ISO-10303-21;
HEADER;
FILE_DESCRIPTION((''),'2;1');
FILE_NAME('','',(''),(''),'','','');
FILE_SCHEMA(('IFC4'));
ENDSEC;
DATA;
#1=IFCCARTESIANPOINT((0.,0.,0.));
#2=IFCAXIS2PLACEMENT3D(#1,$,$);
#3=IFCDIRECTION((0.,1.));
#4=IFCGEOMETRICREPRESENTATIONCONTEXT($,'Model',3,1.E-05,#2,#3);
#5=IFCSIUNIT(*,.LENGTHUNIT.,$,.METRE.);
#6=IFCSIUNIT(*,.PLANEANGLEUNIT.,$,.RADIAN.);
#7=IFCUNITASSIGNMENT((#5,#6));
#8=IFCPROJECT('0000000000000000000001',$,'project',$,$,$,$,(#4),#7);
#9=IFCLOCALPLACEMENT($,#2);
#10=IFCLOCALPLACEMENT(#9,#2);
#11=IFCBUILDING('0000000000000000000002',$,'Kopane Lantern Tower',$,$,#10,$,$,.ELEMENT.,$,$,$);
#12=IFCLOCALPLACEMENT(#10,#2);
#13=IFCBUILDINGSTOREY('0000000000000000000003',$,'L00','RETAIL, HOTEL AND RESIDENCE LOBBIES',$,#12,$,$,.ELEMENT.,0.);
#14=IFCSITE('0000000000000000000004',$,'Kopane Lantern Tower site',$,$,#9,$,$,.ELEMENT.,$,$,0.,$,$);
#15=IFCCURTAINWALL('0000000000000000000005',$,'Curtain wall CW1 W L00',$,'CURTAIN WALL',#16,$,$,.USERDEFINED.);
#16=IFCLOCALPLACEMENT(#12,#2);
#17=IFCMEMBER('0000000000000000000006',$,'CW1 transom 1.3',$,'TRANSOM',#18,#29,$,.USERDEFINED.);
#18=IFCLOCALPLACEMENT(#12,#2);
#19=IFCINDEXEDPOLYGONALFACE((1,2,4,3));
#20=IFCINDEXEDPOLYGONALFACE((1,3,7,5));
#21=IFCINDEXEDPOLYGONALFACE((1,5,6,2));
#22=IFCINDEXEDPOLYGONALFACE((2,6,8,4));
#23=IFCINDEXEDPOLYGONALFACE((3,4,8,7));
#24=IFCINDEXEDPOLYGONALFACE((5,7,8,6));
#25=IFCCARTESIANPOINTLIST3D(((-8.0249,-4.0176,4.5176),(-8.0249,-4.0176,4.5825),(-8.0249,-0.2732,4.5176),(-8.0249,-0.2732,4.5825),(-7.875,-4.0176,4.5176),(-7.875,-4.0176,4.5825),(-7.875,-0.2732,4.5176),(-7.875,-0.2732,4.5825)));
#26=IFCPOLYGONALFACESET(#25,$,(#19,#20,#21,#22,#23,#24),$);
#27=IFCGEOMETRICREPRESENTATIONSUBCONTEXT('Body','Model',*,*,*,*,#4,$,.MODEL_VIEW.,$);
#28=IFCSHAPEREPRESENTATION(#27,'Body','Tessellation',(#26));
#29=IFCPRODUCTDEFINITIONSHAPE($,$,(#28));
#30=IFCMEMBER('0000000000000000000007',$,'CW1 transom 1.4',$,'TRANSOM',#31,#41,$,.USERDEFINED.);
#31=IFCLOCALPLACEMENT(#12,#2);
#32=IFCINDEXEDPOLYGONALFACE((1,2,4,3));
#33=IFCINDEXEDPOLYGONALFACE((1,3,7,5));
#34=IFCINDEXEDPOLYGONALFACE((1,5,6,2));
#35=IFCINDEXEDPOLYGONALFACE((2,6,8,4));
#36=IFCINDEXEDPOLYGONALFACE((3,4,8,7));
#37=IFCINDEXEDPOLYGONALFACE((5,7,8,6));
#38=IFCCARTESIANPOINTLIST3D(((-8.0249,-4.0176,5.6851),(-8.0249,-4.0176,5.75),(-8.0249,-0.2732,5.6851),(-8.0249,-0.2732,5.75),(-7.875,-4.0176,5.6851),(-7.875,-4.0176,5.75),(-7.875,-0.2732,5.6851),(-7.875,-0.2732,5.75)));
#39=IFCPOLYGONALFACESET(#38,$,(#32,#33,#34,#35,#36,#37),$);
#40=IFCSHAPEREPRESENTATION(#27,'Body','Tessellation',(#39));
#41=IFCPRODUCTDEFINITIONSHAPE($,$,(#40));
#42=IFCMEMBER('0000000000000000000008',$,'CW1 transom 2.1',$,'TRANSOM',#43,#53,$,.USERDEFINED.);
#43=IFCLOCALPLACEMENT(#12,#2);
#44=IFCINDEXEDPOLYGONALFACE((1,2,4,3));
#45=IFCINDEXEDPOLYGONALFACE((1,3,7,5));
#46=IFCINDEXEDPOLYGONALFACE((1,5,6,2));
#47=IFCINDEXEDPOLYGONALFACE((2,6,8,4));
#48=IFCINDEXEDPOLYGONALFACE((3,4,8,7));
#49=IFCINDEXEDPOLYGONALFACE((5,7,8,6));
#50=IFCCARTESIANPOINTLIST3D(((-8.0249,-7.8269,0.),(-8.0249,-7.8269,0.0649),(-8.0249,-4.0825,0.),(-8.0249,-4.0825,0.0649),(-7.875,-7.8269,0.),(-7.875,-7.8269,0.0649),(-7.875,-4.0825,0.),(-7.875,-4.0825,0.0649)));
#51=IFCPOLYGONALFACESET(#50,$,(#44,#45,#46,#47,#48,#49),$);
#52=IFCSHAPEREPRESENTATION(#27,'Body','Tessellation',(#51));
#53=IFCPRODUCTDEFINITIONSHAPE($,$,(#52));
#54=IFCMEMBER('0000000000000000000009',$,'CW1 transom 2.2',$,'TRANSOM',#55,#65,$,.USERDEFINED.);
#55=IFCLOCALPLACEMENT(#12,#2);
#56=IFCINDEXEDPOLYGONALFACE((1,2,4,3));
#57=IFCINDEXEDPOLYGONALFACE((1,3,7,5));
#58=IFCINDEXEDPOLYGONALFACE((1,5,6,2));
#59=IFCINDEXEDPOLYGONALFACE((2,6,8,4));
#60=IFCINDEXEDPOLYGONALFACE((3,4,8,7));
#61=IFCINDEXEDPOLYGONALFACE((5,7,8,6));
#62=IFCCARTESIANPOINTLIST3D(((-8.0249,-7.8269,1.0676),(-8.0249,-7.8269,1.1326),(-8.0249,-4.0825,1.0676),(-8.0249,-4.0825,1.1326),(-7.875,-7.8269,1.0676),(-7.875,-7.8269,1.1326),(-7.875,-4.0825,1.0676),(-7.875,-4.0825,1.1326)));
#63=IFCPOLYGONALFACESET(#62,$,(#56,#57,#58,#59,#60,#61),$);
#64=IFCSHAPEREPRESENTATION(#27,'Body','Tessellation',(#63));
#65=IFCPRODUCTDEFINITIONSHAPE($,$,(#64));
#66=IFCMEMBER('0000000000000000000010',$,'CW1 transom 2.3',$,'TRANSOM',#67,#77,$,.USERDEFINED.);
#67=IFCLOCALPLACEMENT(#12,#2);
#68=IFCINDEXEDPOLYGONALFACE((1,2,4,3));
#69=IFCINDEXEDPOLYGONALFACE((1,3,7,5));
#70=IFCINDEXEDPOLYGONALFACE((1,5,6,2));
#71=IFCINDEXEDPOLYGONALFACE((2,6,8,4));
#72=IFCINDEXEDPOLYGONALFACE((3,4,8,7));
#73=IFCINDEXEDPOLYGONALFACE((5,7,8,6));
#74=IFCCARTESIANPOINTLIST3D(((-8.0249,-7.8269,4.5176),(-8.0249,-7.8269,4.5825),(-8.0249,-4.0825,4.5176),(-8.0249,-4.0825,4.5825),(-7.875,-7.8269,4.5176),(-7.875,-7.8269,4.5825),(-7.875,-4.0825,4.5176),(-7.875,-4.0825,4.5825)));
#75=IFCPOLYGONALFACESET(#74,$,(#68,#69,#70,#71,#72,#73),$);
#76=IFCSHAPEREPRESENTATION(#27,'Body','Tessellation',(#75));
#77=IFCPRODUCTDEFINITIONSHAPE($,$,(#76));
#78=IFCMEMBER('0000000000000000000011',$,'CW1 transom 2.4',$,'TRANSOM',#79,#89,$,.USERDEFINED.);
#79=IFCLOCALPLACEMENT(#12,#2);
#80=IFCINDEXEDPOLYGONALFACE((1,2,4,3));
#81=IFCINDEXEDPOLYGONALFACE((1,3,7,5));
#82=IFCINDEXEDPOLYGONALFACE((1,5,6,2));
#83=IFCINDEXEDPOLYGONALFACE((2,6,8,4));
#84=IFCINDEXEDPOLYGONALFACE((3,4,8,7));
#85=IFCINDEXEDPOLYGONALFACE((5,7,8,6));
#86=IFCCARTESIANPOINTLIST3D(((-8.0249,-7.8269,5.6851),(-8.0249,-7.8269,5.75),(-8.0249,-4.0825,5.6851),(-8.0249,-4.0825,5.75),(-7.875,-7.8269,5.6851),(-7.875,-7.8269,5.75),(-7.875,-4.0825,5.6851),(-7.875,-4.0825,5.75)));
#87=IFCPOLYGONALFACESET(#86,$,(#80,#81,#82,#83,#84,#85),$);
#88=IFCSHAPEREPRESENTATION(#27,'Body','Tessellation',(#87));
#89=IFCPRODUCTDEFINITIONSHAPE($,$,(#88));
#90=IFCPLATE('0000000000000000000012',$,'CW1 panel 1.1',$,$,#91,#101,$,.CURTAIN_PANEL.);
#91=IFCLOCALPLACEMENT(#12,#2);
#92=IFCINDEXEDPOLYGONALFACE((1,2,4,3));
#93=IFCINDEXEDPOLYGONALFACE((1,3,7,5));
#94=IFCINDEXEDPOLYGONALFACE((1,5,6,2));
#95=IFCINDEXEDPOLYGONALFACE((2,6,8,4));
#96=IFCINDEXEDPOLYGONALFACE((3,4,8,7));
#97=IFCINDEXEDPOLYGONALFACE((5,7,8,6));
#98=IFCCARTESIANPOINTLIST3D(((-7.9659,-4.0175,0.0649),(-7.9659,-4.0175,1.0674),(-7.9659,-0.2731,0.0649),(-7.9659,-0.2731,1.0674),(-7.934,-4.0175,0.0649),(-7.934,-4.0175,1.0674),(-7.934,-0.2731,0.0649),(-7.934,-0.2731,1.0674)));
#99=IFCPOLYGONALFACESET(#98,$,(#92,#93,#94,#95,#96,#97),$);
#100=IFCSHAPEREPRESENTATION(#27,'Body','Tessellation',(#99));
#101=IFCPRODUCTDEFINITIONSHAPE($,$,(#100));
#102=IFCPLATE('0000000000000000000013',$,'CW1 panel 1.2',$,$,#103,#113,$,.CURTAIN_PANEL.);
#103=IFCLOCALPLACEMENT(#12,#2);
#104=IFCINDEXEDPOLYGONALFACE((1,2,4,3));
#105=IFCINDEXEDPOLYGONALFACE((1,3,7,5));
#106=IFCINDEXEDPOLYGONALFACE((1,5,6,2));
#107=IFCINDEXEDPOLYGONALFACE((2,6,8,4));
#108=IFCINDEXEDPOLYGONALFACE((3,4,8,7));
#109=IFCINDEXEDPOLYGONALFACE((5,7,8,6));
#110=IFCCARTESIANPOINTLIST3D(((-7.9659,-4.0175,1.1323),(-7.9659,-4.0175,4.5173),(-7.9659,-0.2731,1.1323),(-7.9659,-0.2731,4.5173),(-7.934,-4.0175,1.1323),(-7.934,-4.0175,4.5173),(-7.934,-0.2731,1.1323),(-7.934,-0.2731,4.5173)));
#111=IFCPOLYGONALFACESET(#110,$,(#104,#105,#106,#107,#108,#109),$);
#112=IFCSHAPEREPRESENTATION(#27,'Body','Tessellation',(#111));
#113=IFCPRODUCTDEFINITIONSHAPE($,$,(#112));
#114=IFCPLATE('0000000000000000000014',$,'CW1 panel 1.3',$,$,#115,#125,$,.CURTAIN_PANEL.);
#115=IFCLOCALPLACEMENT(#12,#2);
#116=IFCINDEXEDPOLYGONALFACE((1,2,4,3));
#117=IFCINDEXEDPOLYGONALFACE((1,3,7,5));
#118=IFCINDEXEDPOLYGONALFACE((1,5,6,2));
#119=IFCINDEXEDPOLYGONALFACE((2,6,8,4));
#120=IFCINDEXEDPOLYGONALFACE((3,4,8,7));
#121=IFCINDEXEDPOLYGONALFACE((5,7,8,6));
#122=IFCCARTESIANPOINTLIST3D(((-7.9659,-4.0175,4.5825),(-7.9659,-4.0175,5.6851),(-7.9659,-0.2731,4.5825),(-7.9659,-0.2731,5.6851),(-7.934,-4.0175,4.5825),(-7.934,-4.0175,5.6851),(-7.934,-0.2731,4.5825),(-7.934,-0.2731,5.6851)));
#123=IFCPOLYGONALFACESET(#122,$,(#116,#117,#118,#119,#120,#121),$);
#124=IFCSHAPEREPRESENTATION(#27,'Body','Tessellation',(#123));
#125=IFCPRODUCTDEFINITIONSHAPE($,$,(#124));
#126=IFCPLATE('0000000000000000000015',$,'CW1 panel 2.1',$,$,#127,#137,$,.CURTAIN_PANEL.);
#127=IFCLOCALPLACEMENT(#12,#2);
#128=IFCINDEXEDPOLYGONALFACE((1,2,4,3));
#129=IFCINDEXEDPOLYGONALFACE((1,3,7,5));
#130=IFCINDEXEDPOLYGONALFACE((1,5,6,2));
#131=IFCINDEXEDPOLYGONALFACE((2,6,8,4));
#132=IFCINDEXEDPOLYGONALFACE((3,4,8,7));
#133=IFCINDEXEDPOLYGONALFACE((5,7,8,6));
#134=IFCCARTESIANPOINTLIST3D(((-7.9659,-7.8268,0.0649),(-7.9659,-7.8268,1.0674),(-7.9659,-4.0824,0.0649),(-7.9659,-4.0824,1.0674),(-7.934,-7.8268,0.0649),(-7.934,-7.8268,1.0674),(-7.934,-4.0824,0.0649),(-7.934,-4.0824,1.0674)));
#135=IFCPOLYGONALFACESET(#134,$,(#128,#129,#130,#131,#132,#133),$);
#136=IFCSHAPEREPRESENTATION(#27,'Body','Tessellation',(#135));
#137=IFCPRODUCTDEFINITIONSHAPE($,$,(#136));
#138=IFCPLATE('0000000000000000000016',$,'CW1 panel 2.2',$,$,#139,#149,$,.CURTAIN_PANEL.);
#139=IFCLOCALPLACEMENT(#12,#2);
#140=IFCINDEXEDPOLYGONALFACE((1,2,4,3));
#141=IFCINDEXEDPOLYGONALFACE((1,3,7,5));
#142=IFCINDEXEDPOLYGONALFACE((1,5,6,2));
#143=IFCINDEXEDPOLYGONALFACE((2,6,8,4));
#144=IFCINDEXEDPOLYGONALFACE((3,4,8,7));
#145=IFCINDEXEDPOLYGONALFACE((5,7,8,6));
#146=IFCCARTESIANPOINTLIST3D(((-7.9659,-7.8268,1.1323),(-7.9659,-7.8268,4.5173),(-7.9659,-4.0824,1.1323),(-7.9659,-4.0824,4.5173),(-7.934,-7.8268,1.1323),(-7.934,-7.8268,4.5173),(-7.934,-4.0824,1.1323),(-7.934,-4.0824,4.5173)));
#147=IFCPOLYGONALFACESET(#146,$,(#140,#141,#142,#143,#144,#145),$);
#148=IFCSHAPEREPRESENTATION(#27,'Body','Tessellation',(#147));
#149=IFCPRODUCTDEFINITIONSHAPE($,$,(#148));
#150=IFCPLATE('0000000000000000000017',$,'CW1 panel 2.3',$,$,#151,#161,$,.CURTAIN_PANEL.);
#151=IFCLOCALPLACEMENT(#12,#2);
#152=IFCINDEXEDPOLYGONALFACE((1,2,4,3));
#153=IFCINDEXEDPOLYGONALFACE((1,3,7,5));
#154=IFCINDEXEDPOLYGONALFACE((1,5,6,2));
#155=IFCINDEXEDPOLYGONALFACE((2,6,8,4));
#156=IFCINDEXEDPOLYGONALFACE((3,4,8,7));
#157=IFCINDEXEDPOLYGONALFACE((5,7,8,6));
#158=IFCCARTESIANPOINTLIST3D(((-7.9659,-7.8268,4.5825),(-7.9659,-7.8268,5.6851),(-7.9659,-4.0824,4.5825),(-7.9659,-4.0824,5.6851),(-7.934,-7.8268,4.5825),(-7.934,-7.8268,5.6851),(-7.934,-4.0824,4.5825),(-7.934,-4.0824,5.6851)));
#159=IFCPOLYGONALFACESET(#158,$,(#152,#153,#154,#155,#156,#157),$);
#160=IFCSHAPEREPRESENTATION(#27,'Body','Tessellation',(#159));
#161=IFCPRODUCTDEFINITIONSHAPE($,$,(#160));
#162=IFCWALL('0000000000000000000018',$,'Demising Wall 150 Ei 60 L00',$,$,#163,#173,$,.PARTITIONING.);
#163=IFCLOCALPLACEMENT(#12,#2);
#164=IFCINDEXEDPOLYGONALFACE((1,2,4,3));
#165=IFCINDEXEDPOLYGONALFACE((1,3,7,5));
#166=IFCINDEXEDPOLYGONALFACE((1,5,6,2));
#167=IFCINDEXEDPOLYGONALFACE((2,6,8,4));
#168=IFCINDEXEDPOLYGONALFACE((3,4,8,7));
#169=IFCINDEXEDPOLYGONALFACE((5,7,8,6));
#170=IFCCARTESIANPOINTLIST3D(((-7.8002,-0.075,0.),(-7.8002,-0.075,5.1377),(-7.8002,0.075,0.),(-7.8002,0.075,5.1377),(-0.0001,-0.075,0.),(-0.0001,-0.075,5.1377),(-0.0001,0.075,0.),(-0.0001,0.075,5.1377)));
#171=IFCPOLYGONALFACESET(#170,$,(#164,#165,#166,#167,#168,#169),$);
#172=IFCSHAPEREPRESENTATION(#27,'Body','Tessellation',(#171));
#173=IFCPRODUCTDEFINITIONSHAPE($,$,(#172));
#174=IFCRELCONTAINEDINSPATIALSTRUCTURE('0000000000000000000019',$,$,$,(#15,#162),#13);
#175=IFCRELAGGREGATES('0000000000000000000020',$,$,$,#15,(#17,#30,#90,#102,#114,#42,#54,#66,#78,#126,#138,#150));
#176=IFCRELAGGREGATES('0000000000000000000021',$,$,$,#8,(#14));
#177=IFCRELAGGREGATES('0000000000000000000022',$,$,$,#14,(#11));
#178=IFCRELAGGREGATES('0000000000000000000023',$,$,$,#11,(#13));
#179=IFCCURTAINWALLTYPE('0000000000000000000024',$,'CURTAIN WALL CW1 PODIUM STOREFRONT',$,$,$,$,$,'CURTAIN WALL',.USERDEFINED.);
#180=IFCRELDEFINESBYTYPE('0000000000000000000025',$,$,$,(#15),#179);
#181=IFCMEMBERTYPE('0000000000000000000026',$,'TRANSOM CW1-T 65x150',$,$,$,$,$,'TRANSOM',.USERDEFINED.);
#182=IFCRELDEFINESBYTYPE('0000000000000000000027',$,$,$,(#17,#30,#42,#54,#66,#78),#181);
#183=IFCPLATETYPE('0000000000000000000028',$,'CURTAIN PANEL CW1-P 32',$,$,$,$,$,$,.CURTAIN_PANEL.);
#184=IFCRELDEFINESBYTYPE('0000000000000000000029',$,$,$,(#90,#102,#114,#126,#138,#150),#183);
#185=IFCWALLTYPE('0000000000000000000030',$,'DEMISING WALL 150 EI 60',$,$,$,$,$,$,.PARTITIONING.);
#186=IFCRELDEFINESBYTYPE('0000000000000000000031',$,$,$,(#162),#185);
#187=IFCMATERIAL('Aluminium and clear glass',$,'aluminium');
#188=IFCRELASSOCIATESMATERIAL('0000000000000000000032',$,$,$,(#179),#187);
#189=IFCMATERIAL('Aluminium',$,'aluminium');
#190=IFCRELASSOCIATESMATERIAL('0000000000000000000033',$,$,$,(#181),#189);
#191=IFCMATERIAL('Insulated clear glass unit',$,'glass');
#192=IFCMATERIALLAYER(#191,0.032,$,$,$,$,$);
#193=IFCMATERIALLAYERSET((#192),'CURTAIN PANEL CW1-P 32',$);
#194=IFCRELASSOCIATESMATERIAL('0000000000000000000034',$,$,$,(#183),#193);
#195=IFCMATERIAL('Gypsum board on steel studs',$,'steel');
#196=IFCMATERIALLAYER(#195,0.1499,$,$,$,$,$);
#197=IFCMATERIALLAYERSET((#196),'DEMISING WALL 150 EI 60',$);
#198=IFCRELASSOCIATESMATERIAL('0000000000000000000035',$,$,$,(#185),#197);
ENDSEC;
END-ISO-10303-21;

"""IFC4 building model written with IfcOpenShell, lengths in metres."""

from ifc_helpers import new_model, si_unit, direction, frame, frame_2d, origin, origin_2d, place, context, subcontext, project, spatial, rectangle, extrude, material, layer, layer_set, material_profile, profile_set, type_object, element, aggregate, save


model = new_model("IFC4")

# Units and contexts
model_context = context("Model", 3, precision=1e-05, world=origin(), true_north=direction((0.0, 1.0)))
body_context = subcontext(model_context, "Body", "Model", "MODEL_VIEW")
ifc_project = project(units=[si_unit("LENGTHUNIT", "METRE"), si_unit("PLANEANGLEUNIT", "RADIAN")], contexts=[model_context])

# Site, building, storey
site_placement = place(None, origin())
site = spatial("IfcSite", under=ifc_project, at=site_placement, Name="Kopane Lantern Tower site", CompositionType="ELEMENT", RefElevation=0.0)
building_placement = place(site_placement, origin())
building = spatial("IfcBuilding", under=site, at=building_placement, Name="Kopane Lantern Tower", CompositionType="ELEMENT")
storey_placement = place(building_placement, origin())
storey = spatial("IfcBuildingStorey", under=building, at=storey_placement, Name="L00", Description="RETAIL, HOTEL AND RESIDENCE LOBBIES", CompositionType="ELEMENT", Elevation=0.0)

# Shared definitions
ifc_material_1 = material(Name="Aluminium and clear glass", Category="aluminium")
curtain_wall_type = type_object("IfcCurtainWallType", Name="CURTAIN WALL CW1 PODIUM STOREFRONT", ElementType="CURTAIN WALL", PredefinedType="USERDEFINED", material=ifc_material_1)

# Curtain wall
curtain_wall_1_placement = place(storey_placement, origin())
curtain_wall_1 = element("IfcCurtainWall", 1, at=curtain_wall_1_placement, inside=storey, type_object=curtain_wall_type, Name="Curtain wall CW1 W L00", ObjectType="CURTAIN WALL", PredefinedType="USERDEFINED")

# Members
ifc_material_2 = material(Name="Aluminium", Category="aluminium")
ifc_material_profile_1 = material_profile(ifc_material_2, rectangle(XDim=0.1499, YDim=0.0649, at=origin_2d()), Name="AL 150x65")
ifc_profile_set_1 = profile_set([ifc_material_profile_1], Name="Aluminium")
member_type_1 = type_object("IfcMemberType", Name="TRANSOM CW1-T 65x150", ElementType="TRANSOM", PredefinedType="USERDEFINED", material=ifc_profile_set_1)
member_1_placement = place(storey_placement, frame((-7.95, -0.2732, 4.55), z_axis=(0.0, -1.0, 0.0), x_axis=(1.0, 0.0, 0.0)))
member_1 = element("IfcMember", 2, at=member_1_placement, type_object=member_type_1, Name="CW1 transom 1.3", ObjectType="TRANSOM", PredefinedType="USERDEFINED", context=body_context, shape_type="SweptSolid", body=[
    extrude(rectangle(XDim=0.1499, YDim=0.0649, at=origin_2d()), origin(), (0.0, 0.0, 1.0), 3.7444),
])
member_2_placement = place(storey_placement, frame((-7.95, -0.2732, 5.7175), z_axis=(0.0, -1.0, 0.0), x_axis=(1.0, 0.0, 0.0)))
member_2 = element("IfcMember", 3, at=member_2_placement, type_object=member_type_1, Name="CW1 transom 1.4", ObjectType="TRANSOM", PredefinedType="USERDEFINED", context=body_context, shape_type="SweptSolid", body=[
    extrude(rectangle(XDim=0.1499, YDim=0.0649, at=origin_2d()), origin(), (0.0, 0.0, 1.0), 3.7444),
])
member_3_placement = place(storey_placement, frame((-7.95, -4.0825, 0.0325), z_axis=(0.0, -1.0, 0.0), x_axis=(1.0, 0.0, 0.0)))
member_3 = element("IfcMember", 4, at=member_3_placement, type_object=member_type_1, Name="CW1 transom 2.1", ObjectType="TRANSOM", PredefinedType="USERDEFINED", context=body_context, shape_type="SweptSolid", body=[
    extrude(rectangle(XDim=0.1499, YDim=0.0649, at=origin_2d()), origin(), (0.0, 0.0, 1.0), 3.7444),
])
member_4_placement = place(storey_placement, frame((-7.95, -4.0825, 1.1001), z_axis=(0.0, -1.0, 0.0), x_axis=(1.0, 0.0, 0.0)))
member_4 = element("IfcMember", 5, at=member_4_placement, type_object=member_type_1, Name="CW1 transom 2.2", ObjectType="TRANSOM", PredefinedType="USERDEFINED", context=body_context, shape_type="SweptSolid", body=[
    extrude(rectangle(XDim=0.1499, YDim=0.0649, at=origin_2d()), origin(), (0.0, 0.0, 1.0), 3.7444),
])
member_5_placement = place(storey_placement, frame((-7.95, -4.0825, 4.55), z_axis=(0.0, -1.0, 0.0), x_axis=(1.0, 0.0, 0.0)))
member_5 = element("IfcMember", 6, at=member_5_placement, type_object=member_type_1, Name="CW1 transom 2.3", ObjectType="TRANSOM", PredefinedType="USERDEFINED", context=body_context, shape_type="SweptSolid", body=[
    extrude(rectangle(XDim=0.1499, YDim=0.0649, at=origin_2d()), origin(), (0.0, 0.0, 1.0), 3.7444),
])
member_6_placement = place(storey_placement, frame((-7.95, -4.0825, 5.7175), z_axis=(0.0, -1.0, 0.0), x_axis=(1.0, 0.0, 0.0)))
member_6 = element("IfcMember", 7, at=member_6_placement, type_object=member_type_1, Name="CW1 transom 2.4", ObjectType="TRANSOM", PredefinedType="USERDEFINED", context=body_context, shape_type="SweptSolid", body=[
    extrude(rectangle(XDim=0.1499, YDim=0.0649, at=origin_2d()), origin(), (0.0, 0.0, 1.0), 3.7444),
])

# Plates
ifc_material_3 = material(Name="Insulated clear glass unit", Category="glass")
ifc_layer_1 = layer(ifc_material_3, 0.032)
ifc_layer_set_1 = layer_set([ifc_layer_1], Name="CURTAIN PANEL CW1-P 32")
plate_type = type_object("IfcPlateType", Name="CURTAIN PANEL CW1-P 32", PredefinedType="CURTAIN_PANEL", material=ifc_layer_set_1)
plate_1_placement = place(storey_placement, frame((-7.95, -2.1453, 0.0649), z_axis=(0.0, 0.0, 1.0), x_axis=(0.0, -1.0, 0.0)))
plate_1 = element("IfcPlate", 8, at=plate_1_placement, type_object=plate_type, Name="CW1 panel 1.1", PredefinedType="CURTAIN_PANEL", context=body_context, shape_type="SweptSolid", body=[
    extrude(rectangle(XDim=3.7444, YDim=0.032, at=origin_2d()), origin(), (0.0, 0.0, 1.0), 1.0024),
])
plate_2_placement = place(storey_placement, frame((-7.95, -2.1453, 1.1323), z_axis=(0.0, 0.0, 1.0), x_axis=(0.0, -1.0, 0.0)))
plate_2 = element("IfcPlate", 9, at=plate_2_placement, type_object=plate_type, Name="CW1 panel 1.2", PredefinedType="CURTAIN_PANEL", context=body_context, shape_type="SweptSolid", body=[
    extrude(rectangle(XDim=3.7444, YDim=0.032, at=origin_2d()), origin(), (0.0, 0.0, 1.0), 3.385),
])
plate_3_placement = place(storey_placement, frame((-7.95, -2.1453, 4.5825), z_axis=(0.0, 0.0, 1.0), x_axis=(0.0, -1.0, 0.0)))
plate_3 = element("IfcPlate", 10, at=plate_3_placement, type_object=plate_type, Name="CW1 panel 1.3", PredefinedType="CURTAIN_PANEL", context=body_context, shape_type="SweptSolid", body=[
    extrude(rectangle(XDim=3.7444, YDim=0.032, at=origin_2d()), origin(), (0.0, 0.0, 1.0), 1.1025),
])
plate_4_placement = place(storey_placement, frame((-7.95, -5.9546, 0.0649), z_axis=(0.0, 0.0, 1.0), x_axis=(0.0, -1.0, 0.0)))
plate_4 = element("IfcPlate", 11, at=plate_4_placement, type_object=plate_type, Name="CW1 panel 2.1", PredefinedType="CURTAIN_PANEL", context=body_context, shape_type="SweptSolid", body=[
    extrude(rectangle(XDim=3.7444, YDim=0.032, at=origin_2d()), origin(), (0.0, 0.0, 1.0), 1.0024),
])
plate_5_placement = place(storey_placement, frame((-7.95, -5.9546, 1.1323), z_axis=(0.0, 0.0, 1.0), x_axis=(0.0, -1.0, 0.0)))
plate_5 = element("IfcPlate", 12, at=plate_5_placement, type_object=plate_type, Name="CW1 panel 2.2", PredefinedType="CURTAIN_PANEL", context=body_context, shape_type="SweptSolid", body=[
    extrude(rectangle(XDim=3.7444, YDim=0.032, at=origin_2d()), origin(), (0.0, 0.0, 1.0), 3.385),
])
plate_6_placement = place(storey_placement, frame((-7.95, -5.9546, 4.5825), z_axis=(0.0, 0.0, 1.0), x_axis=(0.0, -1.0, 0.0)))
plate_6 = element("IfcPlate", 13, at=plate_6_placement, type_object=plate_type, Name="CW1 panel 2.3", PredefinedType="CURTAIN_PANEL", context=body_context, shape_type="SweptSolid", body=[
    extrude(rectangle(XDim=3.7444, YDim=0.032, at=origin_2d()), origin(), (0.0, 0.0, 1.0), 1.1025),
])
aggregate(curtain_wall_1, [member_1, member_2, plate_1, plate_2, plate_3, member_3, member_4, member_5, member_6, plate_4, plate_5, plate_6])

# Wall
ifc_material_4 = material(Name="Gypsum board on steel studs", Category="steel")
ifc_layer_2 = layer(ifc_material_4, 0.1499)
ifc_layer_set_2 = layer_set([ifc_layer_2], Name="DEMISING WALL 150 EI 60")
wall_type = type_object("IfcWallType", Name="DEMISING WALL 150 EI 60", PredefinedType="PARTITIONING", material=ifc_layer_set_2)
wall_placement = place(storey_placement, frame((-7.8, 0.0, 0.0), z_axis=(0.0, 0.0, 1.0), x_axis=(1.0, 0.0, 0.0)))
element("IfcWall", 14, at=wall_placement, inside=storey, type_object=wall_type, Name="Demising Wall 150 Ei 60 L00", PredefinedType="PARTITIONING", context=body_context, shape_type="SweptSolid", body=[
    extrude(rectangle(XDim=7.8, YDim=0.1499, at=frame_2d((3.8999, 0.0))), origin(), (0.0, 0.0, 1.0), 5.1377),
])

save(model, "model.ifc")
